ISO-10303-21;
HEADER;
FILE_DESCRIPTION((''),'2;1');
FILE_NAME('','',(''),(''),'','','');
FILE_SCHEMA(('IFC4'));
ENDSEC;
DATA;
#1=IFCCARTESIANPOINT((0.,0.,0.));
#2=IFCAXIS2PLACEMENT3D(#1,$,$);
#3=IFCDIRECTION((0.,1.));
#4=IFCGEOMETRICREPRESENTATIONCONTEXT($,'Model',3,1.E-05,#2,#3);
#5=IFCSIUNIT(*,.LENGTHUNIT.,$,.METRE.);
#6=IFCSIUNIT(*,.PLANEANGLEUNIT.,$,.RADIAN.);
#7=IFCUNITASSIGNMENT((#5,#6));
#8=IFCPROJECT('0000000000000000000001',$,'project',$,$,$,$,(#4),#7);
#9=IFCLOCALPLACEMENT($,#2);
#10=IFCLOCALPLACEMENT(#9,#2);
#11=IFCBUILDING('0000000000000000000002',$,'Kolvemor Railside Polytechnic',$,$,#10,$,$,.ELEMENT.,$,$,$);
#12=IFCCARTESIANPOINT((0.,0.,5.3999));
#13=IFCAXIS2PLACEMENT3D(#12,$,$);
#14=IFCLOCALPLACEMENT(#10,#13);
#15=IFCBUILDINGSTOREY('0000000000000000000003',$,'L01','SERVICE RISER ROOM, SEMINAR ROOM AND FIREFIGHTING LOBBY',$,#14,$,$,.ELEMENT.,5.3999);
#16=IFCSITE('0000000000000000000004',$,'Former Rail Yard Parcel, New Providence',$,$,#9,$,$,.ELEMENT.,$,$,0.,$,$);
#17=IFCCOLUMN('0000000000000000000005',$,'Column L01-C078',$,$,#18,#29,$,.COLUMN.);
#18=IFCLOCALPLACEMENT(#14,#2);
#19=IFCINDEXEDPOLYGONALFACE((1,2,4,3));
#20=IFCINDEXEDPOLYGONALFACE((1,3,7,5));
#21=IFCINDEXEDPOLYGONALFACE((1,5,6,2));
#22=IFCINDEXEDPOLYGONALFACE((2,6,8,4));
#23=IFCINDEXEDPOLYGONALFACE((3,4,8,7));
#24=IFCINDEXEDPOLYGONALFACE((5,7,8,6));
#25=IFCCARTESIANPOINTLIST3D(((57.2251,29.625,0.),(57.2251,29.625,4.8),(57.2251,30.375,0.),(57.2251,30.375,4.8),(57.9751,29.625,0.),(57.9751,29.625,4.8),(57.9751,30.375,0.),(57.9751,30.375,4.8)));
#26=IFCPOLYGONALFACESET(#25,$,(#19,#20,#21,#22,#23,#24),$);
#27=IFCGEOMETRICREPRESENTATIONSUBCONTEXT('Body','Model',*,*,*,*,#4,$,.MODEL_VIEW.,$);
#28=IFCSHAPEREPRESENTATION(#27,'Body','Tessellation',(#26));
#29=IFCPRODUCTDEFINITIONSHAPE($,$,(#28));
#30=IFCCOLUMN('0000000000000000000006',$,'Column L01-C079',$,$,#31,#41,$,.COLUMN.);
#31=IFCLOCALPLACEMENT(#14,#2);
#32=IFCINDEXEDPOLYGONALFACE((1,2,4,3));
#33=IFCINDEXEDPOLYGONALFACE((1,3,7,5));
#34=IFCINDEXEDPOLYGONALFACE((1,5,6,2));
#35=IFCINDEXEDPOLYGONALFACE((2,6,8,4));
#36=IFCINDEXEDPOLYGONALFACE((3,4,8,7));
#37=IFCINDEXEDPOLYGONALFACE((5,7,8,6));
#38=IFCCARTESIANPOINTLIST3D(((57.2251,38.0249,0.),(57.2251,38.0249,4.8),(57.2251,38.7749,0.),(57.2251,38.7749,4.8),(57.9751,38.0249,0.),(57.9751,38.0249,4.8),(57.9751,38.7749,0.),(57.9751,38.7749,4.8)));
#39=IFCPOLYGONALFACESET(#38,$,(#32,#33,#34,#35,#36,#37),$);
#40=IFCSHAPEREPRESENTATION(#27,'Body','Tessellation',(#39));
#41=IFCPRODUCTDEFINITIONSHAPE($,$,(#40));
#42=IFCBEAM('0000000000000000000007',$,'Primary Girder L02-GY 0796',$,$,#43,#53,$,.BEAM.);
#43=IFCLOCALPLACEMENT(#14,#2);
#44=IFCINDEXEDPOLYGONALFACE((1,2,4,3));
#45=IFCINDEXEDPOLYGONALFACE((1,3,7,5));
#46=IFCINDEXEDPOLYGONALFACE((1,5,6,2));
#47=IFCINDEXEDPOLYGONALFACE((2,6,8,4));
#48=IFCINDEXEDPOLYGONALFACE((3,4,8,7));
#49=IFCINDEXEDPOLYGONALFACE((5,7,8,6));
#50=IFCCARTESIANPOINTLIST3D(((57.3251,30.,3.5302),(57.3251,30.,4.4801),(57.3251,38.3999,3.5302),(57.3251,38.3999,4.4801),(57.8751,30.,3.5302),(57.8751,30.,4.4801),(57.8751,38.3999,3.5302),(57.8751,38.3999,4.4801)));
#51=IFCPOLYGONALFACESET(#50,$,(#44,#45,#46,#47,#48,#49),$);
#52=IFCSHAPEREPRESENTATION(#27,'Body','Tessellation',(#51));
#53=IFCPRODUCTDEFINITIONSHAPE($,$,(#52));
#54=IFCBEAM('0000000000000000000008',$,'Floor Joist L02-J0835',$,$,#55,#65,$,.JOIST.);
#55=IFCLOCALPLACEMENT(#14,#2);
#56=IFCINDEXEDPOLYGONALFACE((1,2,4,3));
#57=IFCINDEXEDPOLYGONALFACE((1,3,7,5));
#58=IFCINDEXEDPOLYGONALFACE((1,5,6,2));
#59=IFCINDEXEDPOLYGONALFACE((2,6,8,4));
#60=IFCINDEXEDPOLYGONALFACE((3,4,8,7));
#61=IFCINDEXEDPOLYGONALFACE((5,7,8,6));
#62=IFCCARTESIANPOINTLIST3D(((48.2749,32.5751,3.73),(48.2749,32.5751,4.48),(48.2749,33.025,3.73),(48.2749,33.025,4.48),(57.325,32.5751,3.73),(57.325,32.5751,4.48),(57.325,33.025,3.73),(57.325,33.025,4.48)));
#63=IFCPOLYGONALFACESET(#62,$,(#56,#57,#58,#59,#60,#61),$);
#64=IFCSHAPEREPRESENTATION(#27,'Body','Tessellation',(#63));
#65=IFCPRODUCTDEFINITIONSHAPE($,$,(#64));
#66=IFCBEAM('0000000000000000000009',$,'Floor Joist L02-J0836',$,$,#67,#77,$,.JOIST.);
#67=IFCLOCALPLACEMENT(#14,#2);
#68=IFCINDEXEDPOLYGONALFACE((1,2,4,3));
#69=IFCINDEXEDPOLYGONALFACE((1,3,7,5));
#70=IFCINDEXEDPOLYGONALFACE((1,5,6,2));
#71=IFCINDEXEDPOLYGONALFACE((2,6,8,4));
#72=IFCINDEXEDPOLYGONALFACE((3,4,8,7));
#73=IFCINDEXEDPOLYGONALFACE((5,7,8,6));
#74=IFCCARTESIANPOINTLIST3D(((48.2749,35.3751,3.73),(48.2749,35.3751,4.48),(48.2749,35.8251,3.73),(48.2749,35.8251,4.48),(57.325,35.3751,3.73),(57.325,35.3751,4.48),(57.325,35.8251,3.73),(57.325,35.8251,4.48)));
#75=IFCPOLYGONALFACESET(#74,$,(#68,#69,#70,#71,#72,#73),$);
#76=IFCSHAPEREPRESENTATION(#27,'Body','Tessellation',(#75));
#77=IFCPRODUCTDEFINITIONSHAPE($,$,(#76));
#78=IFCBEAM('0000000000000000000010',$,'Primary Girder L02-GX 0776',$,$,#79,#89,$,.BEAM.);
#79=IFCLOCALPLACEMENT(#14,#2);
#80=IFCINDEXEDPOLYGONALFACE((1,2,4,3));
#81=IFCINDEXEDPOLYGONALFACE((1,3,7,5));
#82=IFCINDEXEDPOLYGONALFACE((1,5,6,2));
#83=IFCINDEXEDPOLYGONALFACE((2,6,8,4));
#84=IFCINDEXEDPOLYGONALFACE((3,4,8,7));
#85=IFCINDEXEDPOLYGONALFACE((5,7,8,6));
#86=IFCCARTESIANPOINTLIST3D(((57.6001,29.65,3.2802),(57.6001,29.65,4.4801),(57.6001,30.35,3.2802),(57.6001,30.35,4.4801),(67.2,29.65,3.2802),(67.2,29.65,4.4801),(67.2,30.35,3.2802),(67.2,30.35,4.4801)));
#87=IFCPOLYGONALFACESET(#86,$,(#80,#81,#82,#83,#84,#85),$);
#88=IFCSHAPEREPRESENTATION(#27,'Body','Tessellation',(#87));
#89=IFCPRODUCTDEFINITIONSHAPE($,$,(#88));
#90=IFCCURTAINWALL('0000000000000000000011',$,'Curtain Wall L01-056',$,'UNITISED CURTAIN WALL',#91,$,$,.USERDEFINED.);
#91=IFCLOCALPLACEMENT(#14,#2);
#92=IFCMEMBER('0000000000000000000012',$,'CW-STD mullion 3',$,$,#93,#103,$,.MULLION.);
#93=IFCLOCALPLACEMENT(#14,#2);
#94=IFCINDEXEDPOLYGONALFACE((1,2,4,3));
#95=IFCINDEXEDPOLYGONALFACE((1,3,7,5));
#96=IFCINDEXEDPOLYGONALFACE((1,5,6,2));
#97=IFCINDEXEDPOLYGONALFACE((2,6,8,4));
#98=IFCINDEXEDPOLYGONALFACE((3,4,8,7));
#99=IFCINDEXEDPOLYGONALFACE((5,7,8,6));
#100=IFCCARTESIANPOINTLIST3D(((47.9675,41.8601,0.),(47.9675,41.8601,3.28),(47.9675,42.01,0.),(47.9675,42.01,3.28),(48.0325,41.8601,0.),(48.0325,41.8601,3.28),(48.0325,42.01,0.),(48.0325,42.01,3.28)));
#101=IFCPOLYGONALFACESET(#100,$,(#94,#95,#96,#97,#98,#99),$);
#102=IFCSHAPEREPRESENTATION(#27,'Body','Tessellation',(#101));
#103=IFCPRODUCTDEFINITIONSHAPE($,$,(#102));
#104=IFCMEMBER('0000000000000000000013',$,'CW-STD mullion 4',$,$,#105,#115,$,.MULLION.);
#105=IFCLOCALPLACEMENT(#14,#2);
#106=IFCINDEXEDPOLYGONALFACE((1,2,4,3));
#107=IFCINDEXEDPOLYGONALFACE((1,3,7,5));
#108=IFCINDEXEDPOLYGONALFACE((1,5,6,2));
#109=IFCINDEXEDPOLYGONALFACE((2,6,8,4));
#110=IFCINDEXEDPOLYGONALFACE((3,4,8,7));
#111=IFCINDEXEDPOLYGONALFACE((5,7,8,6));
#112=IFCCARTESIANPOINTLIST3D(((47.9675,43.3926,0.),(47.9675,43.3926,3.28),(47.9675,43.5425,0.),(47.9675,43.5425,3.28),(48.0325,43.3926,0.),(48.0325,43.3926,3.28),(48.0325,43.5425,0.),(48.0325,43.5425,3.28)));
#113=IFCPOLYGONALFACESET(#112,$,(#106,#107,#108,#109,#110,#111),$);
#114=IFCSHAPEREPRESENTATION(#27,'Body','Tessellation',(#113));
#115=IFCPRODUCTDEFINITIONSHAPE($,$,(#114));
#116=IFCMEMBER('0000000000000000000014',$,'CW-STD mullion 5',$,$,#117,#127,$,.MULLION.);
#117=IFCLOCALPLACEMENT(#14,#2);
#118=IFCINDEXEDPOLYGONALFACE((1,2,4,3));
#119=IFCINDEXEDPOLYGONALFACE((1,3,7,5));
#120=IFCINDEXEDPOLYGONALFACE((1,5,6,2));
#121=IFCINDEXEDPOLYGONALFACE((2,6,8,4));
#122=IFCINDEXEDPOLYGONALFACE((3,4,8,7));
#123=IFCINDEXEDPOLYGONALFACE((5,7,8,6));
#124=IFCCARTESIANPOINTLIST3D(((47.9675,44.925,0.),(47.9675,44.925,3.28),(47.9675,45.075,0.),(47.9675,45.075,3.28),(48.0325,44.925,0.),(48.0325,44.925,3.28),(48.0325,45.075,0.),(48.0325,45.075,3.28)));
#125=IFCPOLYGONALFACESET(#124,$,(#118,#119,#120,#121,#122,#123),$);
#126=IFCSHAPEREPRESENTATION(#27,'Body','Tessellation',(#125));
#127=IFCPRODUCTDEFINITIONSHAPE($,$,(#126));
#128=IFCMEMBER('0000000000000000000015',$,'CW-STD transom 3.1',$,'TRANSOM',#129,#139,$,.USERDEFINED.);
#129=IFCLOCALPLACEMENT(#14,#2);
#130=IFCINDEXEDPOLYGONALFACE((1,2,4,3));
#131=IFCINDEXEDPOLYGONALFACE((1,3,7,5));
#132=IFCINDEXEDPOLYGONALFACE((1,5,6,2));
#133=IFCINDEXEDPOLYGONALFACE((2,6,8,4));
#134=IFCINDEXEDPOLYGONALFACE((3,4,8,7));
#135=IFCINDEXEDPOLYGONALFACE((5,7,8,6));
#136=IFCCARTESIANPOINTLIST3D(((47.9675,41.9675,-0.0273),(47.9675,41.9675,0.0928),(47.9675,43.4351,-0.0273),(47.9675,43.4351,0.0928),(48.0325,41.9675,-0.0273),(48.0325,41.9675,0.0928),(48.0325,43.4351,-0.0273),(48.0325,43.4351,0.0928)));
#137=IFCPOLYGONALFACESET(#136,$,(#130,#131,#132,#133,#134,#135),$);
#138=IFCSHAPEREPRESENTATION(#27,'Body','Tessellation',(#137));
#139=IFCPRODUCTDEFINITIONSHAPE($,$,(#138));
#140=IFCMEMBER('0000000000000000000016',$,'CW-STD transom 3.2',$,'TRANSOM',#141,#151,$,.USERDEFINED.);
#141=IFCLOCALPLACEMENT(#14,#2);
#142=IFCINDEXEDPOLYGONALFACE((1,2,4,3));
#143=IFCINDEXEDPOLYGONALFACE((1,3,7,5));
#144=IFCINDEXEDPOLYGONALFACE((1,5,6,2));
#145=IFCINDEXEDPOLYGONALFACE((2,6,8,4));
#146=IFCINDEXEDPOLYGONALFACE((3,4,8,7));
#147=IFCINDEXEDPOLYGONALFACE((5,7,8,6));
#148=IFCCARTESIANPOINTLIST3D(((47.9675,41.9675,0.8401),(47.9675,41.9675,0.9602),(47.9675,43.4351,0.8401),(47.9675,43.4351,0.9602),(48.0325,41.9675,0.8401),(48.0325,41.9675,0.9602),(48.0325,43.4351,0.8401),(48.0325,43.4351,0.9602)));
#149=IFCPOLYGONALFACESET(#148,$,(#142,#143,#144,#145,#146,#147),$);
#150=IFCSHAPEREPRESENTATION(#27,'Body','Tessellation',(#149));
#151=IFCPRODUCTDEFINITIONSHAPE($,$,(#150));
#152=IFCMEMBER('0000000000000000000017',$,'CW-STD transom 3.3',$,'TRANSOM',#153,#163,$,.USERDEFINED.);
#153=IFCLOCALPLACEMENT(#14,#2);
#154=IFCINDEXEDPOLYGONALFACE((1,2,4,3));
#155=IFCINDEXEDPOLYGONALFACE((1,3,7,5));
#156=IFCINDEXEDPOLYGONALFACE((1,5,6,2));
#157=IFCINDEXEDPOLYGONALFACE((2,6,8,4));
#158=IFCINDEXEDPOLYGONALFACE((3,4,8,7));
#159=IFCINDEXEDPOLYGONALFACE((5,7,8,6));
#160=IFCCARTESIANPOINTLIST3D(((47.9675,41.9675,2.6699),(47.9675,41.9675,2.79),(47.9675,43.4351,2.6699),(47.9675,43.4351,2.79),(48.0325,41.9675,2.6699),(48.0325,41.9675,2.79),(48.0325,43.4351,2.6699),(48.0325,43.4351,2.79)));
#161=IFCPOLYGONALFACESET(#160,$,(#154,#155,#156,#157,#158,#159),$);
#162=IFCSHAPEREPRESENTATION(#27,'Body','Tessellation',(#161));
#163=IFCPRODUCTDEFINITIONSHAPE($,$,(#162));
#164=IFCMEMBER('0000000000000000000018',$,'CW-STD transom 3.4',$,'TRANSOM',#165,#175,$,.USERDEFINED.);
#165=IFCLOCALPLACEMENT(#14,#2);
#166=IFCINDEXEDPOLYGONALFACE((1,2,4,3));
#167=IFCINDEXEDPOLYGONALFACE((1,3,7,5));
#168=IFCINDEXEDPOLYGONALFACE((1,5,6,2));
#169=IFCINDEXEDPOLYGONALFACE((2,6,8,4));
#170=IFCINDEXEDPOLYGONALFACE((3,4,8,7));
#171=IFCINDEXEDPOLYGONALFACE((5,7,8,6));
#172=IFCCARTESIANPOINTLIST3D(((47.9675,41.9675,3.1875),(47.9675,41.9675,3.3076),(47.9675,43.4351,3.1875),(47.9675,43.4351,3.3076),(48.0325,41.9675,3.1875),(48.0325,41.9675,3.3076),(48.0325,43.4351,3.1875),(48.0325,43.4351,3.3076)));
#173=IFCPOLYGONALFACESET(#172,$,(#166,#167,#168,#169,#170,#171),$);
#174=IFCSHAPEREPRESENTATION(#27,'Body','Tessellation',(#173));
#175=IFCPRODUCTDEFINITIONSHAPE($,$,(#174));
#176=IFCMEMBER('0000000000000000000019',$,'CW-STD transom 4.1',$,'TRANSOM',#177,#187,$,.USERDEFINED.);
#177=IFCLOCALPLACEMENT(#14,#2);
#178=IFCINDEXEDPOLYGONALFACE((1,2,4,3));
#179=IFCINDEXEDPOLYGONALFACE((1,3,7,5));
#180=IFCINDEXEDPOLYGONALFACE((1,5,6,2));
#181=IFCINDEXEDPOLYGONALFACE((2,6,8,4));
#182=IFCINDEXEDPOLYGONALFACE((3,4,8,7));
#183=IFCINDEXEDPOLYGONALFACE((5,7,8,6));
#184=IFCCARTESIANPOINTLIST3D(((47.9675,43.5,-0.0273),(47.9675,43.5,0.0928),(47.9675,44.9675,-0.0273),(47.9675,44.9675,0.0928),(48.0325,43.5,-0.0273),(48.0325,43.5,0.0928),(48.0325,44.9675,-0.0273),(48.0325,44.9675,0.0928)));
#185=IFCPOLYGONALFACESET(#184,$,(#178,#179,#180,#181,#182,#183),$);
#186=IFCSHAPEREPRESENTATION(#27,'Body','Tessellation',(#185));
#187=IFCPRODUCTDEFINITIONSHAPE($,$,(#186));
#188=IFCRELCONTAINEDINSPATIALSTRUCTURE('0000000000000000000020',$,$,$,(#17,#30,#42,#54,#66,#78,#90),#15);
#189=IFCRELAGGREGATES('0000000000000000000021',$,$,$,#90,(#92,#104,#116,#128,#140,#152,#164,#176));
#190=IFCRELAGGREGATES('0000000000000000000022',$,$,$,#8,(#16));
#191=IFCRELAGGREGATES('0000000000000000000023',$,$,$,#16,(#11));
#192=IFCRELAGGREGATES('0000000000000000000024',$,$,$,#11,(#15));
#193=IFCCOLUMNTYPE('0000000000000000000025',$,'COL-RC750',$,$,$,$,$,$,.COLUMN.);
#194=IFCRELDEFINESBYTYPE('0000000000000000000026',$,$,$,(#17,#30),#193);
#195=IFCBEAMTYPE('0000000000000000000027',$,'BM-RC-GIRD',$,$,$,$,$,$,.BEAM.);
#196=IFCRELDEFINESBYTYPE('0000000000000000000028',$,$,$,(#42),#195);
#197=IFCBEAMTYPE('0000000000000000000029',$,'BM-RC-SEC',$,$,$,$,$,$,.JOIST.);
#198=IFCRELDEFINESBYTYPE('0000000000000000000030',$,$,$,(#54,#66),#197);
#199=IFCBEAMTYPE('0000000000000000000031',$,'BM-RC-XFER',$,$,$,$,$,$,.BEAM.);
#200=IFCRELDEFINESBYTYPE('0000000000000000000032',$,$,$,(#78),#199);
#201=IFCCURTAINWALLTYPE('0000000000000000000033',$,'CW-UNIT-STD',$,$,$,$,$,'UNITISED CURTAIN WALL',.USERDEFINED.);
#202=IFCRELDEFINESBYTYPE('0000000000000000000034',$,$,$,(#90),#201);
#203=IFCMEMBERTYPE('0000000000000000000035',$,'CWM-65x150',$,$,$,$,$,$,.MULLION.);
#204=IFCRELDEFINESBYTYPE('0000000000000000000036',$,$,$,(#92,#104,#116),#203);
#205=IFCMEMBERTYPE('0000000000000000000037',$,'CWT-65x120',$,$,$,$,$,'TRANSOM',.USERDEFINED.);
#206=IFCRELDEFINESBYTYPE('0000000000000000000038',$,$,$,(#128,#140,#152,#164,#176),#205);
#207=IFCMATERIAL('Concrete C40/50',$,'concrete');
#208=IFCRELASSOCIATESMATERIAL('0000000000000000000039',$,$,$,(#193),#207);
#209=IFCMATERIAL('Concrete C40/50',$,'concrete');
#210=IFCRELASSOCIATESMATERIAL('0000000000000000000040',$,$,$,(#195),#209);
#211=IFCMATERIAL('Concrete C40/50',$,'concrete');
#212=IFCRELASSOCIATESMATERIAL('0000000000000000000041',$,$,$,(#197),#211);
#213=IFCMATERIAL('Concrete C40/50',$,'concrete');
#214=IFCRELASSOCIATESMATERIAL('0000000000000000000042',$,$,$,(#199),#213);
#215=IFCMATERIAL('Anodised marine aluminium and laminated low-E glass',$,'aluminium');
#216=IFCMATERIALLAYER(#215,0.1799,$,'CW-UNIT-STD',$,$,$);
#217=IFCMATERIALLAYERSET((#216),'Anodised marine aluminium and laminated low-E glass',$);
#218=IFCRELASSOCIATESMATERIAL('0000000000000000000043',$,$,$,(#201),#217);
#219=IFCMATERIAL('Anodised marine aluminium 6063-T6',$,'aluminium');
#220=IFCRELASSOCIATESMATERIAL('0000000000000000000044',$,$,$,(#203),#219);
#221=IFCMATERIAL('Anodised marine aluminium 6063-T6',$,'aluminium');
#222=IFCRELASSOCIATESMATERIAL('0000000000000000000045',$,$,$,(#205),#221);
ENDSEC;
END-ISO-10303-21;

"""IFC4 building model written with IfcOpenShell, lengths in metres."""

from ifc_helpers import new_model, si_unit, direction, frame, origin, origin_2d, place, context, subcontext, project, spatial, rectangle, extrude, material, layer, layer_set, material_profile, profile_set, type_object, element, aggregate, save


model = new_model("IFC4")

# Units and contexts
model_context = context("Model", 3, precision=1e-05, world=origin(), true_north=direction((0.0, 1.0)))
body_context = subcontext(model_context, "Body", "Model", "MODEL_VIEW")
ifc_project = project(units=[si_unit("LENGTHUNIT", "METRE"), si_unit("PLANEANGLEUNIT", "RADIAN")], contexts=[model_context])

# Site, building, storey
site_placement = place(None, origin())
site = spatial("IfcSite", under=ifc_project, at=site_placement, Name="Former Rail Yard Parcel, New Providence", CompositionType="ELEMENT", RefElevation=0.0)
building_placement = place(site_placement, origin())
building = spatial("IfcBuilding", under=site, at=building_placement, Name="Kolvemor Railside Polytechnic", CompositionType="ELEMENT")
storey_placement = place(building_placement, frame((0.0, 0.0, 5.3999)))
storey = spatial("IfcBuildingStorey", under=building, at=storey_placement, Name="L01", Description="SERVICE RISER ROOM, SEMINAR ROOM AND FIREFIGHTING LOBBY", CompositionType="ELEMENT", Elevation=5.3999)

# Columns
ifc_material_1 = material(Name="Concrete C40/50", Category="concrete")
ifc_material_profile_1 = material_profile(ifc_material_1, rectangle(XDim=0.75, YDim=0.75, at=origin_2d()), Name="RC750x750")
ifc_profile_set_1 = profile_set([ifc_material_profile_1], Name="Concrete C40/50")
column_type = type_object("IfcColumnType", Name="COL-RC750", PredefinedType="COLUMN", material=ifc_profile_set_1)
for number, where, z_axis, x_axis, name in (
    (1, (57.6001, 30.0, 0.0), (0.0, 0.0, 1.0), (1.0, 0.0, 0.0), "Column L01-C078"),
    (2, (57.6001, 38.3999, 0.0), (0.0, 0.0, 1.0), (1.0, 0.0, 0.0), "Column L01-C079"),
):
    element("IfcColumn", number, at=place(storey_placement, frame(where, z_axis=z_axis, x_axis=x_axis)), inside=storey, type_object=column_type, Name=name, PredefinedType="COLUMN", context=body_context, shape_type="SweptSolid", body=[
        extrude(rectangle(XDim=0.75, YDim=0.75, at=origin_2d()), origin(), (0.0, 0.0, 1.0), 4.8),
    ])

# Beams
ifc_material_2 = material(Name="Concrete C40/50", Category="concrete")
ifc_material_profile_2 = material_profile(ifc_material_2, rectangle(XDim=0.55, YDim=0.95, at=origin_2d()), Name="RC550x950")
ifc_profile_set_2 = profile_set([ifc_material_profile_2], Name="Concrete C40/50")
beam_type_1 = type_object("IfcBeamType", Name="BM-RC-GIRD", PredefinedType="BEAM", material=ifc_profile_set_2)
beam_1_placement = place(storey_placement, frame((57.6001, 30.0, 4.0051), z_axis=(0.0, 1.0, 0.0), x_axis=(-1.0, 0.0, 0.0)))
element("IfcBeam", 3, at=beam_1_placement, inside=storey, type_object=beam_type_1, Name="Primary Girder L02-GY 0796", PredefinedType="BEAM", context=body_context, shape_type="SweptSolid", body=[
    extrude(rectangle(XDim=0.55, YDim=0.95, at=origin_2d()), origin(), (0.0, 0.0, 1.0), 8.3999),
])
ifc_material_3 = material(Name="Concrete C40/50", Category="concrete")
ifc_material_profile_3 = material_profile(ifc_material_3, rectangle(XDim=0.45, YDim=0.75, at=origin_2d()), Name="RC450x750")
ifc_profile_set_3 = profile_set([ifc_material_profile_3], Name="Concrete C40/50")
beam_type_2 = type_object("IfcBeamType", Name="BM-RC-SEC", PredefinedType="JOIST", material=ifc_profile_set_3)
for number, where, z_axis, x_axis, name in (
    (4, (48.2749, 32.8, 4.105), (1.0, 0.0, 0.0), (0.0, 1.0, 0.0), "Floor Joist L02-J0835"),
    (5, (48.2749, 35.6001, 4.105), (1.0, 0.0, 0.0), (0.0, 1.0, 0.0), "Floor Joist L02-J0836"),
):
    element("IfcBeam", number, at=place(storey_placement, frame(where, z_axis=z_axis, x_axis=x_axis)), inside=storey, type_object=beam_type_2, Name=name, PredefinedType="JOIST", context=body_context, shape_type="SweptSolid", body=[
        extrude(rectangle(XDim=0.45, YDim=0.75, at=origin_2d()), origin(), (0.0, 0.0, 1.0), 9.05),
    ])
ifc_material_4 = material(Name="Concrete C40/50", Category="concrete")
ifc_material_profile_4 = material_profile(ifc_material_4, rectangle(XDim=0.7, YDim=1.2, at=origin_2d()), Name="RC700x1200")
ifc_profile_set_4 = profile_set([ifc_material_profile_4], Name="Concrete C40/50")
beam_type_3 = type_object("IfcBeamType", Name="BM-RC-XFER", PredefinedType="BEAM", material=ifc_profile_set_4)
beam_2_placement = place(storey_placement, frame((57.6001, 30.0, 3.8801), z_axis=(1.0, 0.0, 0.0), x_axis=(0.0, 1.0, 0.0)))
element("IfcBeam", 6, at=beam_2_placement, inside=storey, type_object=beam_type_3, Name="Primary Girder L02-GX 0776", PredefinedType="BEAM", context=body_context, shape_type="SweptSolid", body=[
    extrude(rectangle(XDim=0.7, YDim=1.2, at=origin_2d()), origin(), (0.0, 0.0, 1.0), 9.5999),
])

# Curtain wall, members
ifc_material_5 = material(Name="Anodised marine aluminium and laminated low-E glass", Category="aluminium")
ifc_layer_1 = layer(ifc_material_5, 0.1799, Name="CW-UNIT-STD")
ifc_layer_set_1 = layer_set([ifc_layer_1], Name="Anodised marine aluminium and laminated low-E glass")
curtain_wall_type = type_object("IfcCurtainWallType", Name="CW-UNIT-STD", ElementType="UNITISED CURTAIN WALL", PredefinedType="USERDEFINED", material=ifc_layer_set_1)
curtain_wall_placement = place(storey_placement, origin())
curtain_wall = element("IfcCurtainWall", 7, at=curtain_wall_placement, inside=storey, type_object=curtain_wall_type, Name="Curtain Wall L01-056", ObjectType="UNITISED CURTAIN WALL", PredefinedType="USERDEFINED")
ifc_material_6 = material(Name="Anodised marine aluminium 6063-T6", Category="aluminium")
ifc_material_profile_5 = material_profile(ifc_material_6, rectangle(XDim=0.0649, YDim=0.1499, at=origin_2d()), Name="CW-MUL-65x150")
ifc_profile_set_5 = profile_set([ifc_material_profile_5], Name="Anodised marine aluminium 6063-T6")
member_type_1 = type_object("IfcMemberType", Name="CWM-65x150", PredefinedType="MULLION", material=ifc_profile_set_5)
member_1_placement = place(storey_placement, frame((48.0, 41.9351, 0.0), z_axis=(0.0, 0.0, 1.0), x_axis=(-1.0, 0.0, 0.0)))
member_1 = element("IfcMember", 8, at=member_1_placement, type_object=member_type_1, Name="CW-STD mullion 3", PredefinedType="MULLION", context=body_context, shape_type="SweptSolid", body=[
    extrude(rectangle(XDim=0.0649, YDim=0.1499, at=origin_2d()), origin(), (0.0, 0.0, 1.0), 3.28),
])
member_2_placement = place(storey_placement, frame((48.0, 43.4675, 0.0), z_axis=(0.0, 0.0, 1.0), x_axis=(-1.0, 0.0, 0.0)))
member_2 = element("IfcMember", 9, at=member_2_placement, type_object=member_type_1, Name="CW-STD mullion 4", PredefinedType="MULLION", context=body_context, shape_type="SweptSolid", body=[
    extrude(rectangle(XDim=0.0649, YDim=0.1499, at=origin_2d()), origin(), (0.0, 0.0, 1.0), 3.28),
])
member_3_placement = place(storey_placement, frame((48.0, 45.0, 0.0), z_axis=(0.0, 0.0, 1.0), x_axis=(-1.0, 0.0, 0.0)))
member_3 = element("IfcMember", 10, at=member_3_placement, type_object=member_type_1, Name="CW-STD mullion 5", PredefinedType="MULLION", context=body_context, shape_type="SweptSolid", body=[
    extrude(rectangle(XDim=0.0649, YDim=0.1499, at=origin_2d()), origin(), (0.0, 0.0, 1.0), 3.28),
])
ifc_material_7 = material(Name="Anodised marine aluminium 6063-T6", Category="aluminium")
ifc_material_profile_6 = material_profile(ifc_material_7, rectangle(XDim=0.0649, YDim=0.1201, at=origin_2d()), Name="CW-TRN-65x120")
ifc_profile_set_6 = profile_set([ifc_material_profile_6], Name="Anodised marine aluminium 6063-T6")
member_type_2 = type_object("IfcMemberType", Name="CWT-65x120", ElementType="TRANSOM", PredefinedType="USERDEFINED", material=ifc_profile_set_6)
member_4_placement = place(storey_placement, frame((48.0, 41.9675, 0.0327), z_axis=(0.0, 1.0, 0.0), x_axis=(-1.0, 0.0, 0.0)))
member_4 = element("IfcMember", 11, at=member_4_placement, type_object=member_type_2, Name="CW-STD transom 3.1", ObjectType="TRANSOM", PredefinedType="USERDEFINED", context=body_context, shape_type="SweptSolid", body=[
    extrude(rectangle(XDim=0.0649, YDim=0.1201, at=origin_2d()), origin(), (0.0, 0.0, 1.0), 1.4675),
])
member_5_placement = place(storey_placement, frame((48.0, 41.9675, 0.9001), z_axis=(0.0, 1.0, 0.0), x_axis=(-1.0, 0.0, 0.0)))
member_5 = element("IfcMember", 12, at=member_5_placement, type_object=member_type_2, Name="CW-STD transom 3.2", ObjectType="TRANSOM", PredefinedType="USERDEFINED", context=body_context, shape_type="SweptSolid", body=[
    extrude(rectangle(XDim=0.0649, YDim=0.1201, at=origin_2d()), origin(), (0.0, 0.0, 1.0), 1.4675),
])
member_6_placement = place(storey_placement, frame((48.0, 41.9675, 2.73), z_axis=(0.0, 1.0, 0.0), x_axis=(-1.0, 0.0, 0.0)))
member_6 = element("IfcMember", 13, at=member_6_placement, type_object=member_type_2, Name="CW-STD transom 3.3", ObjectType="TRANSOM", PredefinedType="USERDEFINED", context=body_context, shape_type="SweptSolid", body=[
    extrude(rectangle(XDim=0.0649, YDim=0.1201, at=origin_2d()), origin(), (0.0, 0.0, 1.0), 1.4675),
])
member_7_placement = place(storey_placement, frame((48.0, 41.9675, 3.2476), z_axis=(0.0, 1.0, 0.0), x_axis=(-1.0, 0.0, 0.0)))
member_7 = element("IfcMember", 14, at=member_7_placement, type_object=member_type_2, Name="CW-STD transom 3.4", ObjectType="TRANSOM", PredefinedType="USERDEFINED", context=body_context, shape_type="SweptSolid", body=[
    extrude(rectangle(XDim=0.0649, YDim=0.1201, at=origin_2d()), origin(), (0.0, 0.0, 1.0), 1.4675),
])
member_8_placement = place(storey_placement, frame((48.0, 43.5, 0.0327), z_axis=(0.0, 1.0, 0.0), x_axis=(-1.0, 0.0, 0.0)))
member_8 = element("IfcMember", 15, at=member_8_placement, type_object=member_type_2, Name="CW-STD transom 4.1", ObjectType="TRANSOM", PredefinedType="USERDEFINED", context=body_context, shape_type="SweptSolid", body=[
    extrude(rectangle(XDim=0.0649, YDim=0.1201, at=origin_2d()), origin(), (0.0, 0.0, 1.0), 1.4675),
])
aggregate(curtain_wall, [member_1, member_2, member_3, member_4, member_5, member_6, member_7, member_8])

save(model, "model.ifc")
